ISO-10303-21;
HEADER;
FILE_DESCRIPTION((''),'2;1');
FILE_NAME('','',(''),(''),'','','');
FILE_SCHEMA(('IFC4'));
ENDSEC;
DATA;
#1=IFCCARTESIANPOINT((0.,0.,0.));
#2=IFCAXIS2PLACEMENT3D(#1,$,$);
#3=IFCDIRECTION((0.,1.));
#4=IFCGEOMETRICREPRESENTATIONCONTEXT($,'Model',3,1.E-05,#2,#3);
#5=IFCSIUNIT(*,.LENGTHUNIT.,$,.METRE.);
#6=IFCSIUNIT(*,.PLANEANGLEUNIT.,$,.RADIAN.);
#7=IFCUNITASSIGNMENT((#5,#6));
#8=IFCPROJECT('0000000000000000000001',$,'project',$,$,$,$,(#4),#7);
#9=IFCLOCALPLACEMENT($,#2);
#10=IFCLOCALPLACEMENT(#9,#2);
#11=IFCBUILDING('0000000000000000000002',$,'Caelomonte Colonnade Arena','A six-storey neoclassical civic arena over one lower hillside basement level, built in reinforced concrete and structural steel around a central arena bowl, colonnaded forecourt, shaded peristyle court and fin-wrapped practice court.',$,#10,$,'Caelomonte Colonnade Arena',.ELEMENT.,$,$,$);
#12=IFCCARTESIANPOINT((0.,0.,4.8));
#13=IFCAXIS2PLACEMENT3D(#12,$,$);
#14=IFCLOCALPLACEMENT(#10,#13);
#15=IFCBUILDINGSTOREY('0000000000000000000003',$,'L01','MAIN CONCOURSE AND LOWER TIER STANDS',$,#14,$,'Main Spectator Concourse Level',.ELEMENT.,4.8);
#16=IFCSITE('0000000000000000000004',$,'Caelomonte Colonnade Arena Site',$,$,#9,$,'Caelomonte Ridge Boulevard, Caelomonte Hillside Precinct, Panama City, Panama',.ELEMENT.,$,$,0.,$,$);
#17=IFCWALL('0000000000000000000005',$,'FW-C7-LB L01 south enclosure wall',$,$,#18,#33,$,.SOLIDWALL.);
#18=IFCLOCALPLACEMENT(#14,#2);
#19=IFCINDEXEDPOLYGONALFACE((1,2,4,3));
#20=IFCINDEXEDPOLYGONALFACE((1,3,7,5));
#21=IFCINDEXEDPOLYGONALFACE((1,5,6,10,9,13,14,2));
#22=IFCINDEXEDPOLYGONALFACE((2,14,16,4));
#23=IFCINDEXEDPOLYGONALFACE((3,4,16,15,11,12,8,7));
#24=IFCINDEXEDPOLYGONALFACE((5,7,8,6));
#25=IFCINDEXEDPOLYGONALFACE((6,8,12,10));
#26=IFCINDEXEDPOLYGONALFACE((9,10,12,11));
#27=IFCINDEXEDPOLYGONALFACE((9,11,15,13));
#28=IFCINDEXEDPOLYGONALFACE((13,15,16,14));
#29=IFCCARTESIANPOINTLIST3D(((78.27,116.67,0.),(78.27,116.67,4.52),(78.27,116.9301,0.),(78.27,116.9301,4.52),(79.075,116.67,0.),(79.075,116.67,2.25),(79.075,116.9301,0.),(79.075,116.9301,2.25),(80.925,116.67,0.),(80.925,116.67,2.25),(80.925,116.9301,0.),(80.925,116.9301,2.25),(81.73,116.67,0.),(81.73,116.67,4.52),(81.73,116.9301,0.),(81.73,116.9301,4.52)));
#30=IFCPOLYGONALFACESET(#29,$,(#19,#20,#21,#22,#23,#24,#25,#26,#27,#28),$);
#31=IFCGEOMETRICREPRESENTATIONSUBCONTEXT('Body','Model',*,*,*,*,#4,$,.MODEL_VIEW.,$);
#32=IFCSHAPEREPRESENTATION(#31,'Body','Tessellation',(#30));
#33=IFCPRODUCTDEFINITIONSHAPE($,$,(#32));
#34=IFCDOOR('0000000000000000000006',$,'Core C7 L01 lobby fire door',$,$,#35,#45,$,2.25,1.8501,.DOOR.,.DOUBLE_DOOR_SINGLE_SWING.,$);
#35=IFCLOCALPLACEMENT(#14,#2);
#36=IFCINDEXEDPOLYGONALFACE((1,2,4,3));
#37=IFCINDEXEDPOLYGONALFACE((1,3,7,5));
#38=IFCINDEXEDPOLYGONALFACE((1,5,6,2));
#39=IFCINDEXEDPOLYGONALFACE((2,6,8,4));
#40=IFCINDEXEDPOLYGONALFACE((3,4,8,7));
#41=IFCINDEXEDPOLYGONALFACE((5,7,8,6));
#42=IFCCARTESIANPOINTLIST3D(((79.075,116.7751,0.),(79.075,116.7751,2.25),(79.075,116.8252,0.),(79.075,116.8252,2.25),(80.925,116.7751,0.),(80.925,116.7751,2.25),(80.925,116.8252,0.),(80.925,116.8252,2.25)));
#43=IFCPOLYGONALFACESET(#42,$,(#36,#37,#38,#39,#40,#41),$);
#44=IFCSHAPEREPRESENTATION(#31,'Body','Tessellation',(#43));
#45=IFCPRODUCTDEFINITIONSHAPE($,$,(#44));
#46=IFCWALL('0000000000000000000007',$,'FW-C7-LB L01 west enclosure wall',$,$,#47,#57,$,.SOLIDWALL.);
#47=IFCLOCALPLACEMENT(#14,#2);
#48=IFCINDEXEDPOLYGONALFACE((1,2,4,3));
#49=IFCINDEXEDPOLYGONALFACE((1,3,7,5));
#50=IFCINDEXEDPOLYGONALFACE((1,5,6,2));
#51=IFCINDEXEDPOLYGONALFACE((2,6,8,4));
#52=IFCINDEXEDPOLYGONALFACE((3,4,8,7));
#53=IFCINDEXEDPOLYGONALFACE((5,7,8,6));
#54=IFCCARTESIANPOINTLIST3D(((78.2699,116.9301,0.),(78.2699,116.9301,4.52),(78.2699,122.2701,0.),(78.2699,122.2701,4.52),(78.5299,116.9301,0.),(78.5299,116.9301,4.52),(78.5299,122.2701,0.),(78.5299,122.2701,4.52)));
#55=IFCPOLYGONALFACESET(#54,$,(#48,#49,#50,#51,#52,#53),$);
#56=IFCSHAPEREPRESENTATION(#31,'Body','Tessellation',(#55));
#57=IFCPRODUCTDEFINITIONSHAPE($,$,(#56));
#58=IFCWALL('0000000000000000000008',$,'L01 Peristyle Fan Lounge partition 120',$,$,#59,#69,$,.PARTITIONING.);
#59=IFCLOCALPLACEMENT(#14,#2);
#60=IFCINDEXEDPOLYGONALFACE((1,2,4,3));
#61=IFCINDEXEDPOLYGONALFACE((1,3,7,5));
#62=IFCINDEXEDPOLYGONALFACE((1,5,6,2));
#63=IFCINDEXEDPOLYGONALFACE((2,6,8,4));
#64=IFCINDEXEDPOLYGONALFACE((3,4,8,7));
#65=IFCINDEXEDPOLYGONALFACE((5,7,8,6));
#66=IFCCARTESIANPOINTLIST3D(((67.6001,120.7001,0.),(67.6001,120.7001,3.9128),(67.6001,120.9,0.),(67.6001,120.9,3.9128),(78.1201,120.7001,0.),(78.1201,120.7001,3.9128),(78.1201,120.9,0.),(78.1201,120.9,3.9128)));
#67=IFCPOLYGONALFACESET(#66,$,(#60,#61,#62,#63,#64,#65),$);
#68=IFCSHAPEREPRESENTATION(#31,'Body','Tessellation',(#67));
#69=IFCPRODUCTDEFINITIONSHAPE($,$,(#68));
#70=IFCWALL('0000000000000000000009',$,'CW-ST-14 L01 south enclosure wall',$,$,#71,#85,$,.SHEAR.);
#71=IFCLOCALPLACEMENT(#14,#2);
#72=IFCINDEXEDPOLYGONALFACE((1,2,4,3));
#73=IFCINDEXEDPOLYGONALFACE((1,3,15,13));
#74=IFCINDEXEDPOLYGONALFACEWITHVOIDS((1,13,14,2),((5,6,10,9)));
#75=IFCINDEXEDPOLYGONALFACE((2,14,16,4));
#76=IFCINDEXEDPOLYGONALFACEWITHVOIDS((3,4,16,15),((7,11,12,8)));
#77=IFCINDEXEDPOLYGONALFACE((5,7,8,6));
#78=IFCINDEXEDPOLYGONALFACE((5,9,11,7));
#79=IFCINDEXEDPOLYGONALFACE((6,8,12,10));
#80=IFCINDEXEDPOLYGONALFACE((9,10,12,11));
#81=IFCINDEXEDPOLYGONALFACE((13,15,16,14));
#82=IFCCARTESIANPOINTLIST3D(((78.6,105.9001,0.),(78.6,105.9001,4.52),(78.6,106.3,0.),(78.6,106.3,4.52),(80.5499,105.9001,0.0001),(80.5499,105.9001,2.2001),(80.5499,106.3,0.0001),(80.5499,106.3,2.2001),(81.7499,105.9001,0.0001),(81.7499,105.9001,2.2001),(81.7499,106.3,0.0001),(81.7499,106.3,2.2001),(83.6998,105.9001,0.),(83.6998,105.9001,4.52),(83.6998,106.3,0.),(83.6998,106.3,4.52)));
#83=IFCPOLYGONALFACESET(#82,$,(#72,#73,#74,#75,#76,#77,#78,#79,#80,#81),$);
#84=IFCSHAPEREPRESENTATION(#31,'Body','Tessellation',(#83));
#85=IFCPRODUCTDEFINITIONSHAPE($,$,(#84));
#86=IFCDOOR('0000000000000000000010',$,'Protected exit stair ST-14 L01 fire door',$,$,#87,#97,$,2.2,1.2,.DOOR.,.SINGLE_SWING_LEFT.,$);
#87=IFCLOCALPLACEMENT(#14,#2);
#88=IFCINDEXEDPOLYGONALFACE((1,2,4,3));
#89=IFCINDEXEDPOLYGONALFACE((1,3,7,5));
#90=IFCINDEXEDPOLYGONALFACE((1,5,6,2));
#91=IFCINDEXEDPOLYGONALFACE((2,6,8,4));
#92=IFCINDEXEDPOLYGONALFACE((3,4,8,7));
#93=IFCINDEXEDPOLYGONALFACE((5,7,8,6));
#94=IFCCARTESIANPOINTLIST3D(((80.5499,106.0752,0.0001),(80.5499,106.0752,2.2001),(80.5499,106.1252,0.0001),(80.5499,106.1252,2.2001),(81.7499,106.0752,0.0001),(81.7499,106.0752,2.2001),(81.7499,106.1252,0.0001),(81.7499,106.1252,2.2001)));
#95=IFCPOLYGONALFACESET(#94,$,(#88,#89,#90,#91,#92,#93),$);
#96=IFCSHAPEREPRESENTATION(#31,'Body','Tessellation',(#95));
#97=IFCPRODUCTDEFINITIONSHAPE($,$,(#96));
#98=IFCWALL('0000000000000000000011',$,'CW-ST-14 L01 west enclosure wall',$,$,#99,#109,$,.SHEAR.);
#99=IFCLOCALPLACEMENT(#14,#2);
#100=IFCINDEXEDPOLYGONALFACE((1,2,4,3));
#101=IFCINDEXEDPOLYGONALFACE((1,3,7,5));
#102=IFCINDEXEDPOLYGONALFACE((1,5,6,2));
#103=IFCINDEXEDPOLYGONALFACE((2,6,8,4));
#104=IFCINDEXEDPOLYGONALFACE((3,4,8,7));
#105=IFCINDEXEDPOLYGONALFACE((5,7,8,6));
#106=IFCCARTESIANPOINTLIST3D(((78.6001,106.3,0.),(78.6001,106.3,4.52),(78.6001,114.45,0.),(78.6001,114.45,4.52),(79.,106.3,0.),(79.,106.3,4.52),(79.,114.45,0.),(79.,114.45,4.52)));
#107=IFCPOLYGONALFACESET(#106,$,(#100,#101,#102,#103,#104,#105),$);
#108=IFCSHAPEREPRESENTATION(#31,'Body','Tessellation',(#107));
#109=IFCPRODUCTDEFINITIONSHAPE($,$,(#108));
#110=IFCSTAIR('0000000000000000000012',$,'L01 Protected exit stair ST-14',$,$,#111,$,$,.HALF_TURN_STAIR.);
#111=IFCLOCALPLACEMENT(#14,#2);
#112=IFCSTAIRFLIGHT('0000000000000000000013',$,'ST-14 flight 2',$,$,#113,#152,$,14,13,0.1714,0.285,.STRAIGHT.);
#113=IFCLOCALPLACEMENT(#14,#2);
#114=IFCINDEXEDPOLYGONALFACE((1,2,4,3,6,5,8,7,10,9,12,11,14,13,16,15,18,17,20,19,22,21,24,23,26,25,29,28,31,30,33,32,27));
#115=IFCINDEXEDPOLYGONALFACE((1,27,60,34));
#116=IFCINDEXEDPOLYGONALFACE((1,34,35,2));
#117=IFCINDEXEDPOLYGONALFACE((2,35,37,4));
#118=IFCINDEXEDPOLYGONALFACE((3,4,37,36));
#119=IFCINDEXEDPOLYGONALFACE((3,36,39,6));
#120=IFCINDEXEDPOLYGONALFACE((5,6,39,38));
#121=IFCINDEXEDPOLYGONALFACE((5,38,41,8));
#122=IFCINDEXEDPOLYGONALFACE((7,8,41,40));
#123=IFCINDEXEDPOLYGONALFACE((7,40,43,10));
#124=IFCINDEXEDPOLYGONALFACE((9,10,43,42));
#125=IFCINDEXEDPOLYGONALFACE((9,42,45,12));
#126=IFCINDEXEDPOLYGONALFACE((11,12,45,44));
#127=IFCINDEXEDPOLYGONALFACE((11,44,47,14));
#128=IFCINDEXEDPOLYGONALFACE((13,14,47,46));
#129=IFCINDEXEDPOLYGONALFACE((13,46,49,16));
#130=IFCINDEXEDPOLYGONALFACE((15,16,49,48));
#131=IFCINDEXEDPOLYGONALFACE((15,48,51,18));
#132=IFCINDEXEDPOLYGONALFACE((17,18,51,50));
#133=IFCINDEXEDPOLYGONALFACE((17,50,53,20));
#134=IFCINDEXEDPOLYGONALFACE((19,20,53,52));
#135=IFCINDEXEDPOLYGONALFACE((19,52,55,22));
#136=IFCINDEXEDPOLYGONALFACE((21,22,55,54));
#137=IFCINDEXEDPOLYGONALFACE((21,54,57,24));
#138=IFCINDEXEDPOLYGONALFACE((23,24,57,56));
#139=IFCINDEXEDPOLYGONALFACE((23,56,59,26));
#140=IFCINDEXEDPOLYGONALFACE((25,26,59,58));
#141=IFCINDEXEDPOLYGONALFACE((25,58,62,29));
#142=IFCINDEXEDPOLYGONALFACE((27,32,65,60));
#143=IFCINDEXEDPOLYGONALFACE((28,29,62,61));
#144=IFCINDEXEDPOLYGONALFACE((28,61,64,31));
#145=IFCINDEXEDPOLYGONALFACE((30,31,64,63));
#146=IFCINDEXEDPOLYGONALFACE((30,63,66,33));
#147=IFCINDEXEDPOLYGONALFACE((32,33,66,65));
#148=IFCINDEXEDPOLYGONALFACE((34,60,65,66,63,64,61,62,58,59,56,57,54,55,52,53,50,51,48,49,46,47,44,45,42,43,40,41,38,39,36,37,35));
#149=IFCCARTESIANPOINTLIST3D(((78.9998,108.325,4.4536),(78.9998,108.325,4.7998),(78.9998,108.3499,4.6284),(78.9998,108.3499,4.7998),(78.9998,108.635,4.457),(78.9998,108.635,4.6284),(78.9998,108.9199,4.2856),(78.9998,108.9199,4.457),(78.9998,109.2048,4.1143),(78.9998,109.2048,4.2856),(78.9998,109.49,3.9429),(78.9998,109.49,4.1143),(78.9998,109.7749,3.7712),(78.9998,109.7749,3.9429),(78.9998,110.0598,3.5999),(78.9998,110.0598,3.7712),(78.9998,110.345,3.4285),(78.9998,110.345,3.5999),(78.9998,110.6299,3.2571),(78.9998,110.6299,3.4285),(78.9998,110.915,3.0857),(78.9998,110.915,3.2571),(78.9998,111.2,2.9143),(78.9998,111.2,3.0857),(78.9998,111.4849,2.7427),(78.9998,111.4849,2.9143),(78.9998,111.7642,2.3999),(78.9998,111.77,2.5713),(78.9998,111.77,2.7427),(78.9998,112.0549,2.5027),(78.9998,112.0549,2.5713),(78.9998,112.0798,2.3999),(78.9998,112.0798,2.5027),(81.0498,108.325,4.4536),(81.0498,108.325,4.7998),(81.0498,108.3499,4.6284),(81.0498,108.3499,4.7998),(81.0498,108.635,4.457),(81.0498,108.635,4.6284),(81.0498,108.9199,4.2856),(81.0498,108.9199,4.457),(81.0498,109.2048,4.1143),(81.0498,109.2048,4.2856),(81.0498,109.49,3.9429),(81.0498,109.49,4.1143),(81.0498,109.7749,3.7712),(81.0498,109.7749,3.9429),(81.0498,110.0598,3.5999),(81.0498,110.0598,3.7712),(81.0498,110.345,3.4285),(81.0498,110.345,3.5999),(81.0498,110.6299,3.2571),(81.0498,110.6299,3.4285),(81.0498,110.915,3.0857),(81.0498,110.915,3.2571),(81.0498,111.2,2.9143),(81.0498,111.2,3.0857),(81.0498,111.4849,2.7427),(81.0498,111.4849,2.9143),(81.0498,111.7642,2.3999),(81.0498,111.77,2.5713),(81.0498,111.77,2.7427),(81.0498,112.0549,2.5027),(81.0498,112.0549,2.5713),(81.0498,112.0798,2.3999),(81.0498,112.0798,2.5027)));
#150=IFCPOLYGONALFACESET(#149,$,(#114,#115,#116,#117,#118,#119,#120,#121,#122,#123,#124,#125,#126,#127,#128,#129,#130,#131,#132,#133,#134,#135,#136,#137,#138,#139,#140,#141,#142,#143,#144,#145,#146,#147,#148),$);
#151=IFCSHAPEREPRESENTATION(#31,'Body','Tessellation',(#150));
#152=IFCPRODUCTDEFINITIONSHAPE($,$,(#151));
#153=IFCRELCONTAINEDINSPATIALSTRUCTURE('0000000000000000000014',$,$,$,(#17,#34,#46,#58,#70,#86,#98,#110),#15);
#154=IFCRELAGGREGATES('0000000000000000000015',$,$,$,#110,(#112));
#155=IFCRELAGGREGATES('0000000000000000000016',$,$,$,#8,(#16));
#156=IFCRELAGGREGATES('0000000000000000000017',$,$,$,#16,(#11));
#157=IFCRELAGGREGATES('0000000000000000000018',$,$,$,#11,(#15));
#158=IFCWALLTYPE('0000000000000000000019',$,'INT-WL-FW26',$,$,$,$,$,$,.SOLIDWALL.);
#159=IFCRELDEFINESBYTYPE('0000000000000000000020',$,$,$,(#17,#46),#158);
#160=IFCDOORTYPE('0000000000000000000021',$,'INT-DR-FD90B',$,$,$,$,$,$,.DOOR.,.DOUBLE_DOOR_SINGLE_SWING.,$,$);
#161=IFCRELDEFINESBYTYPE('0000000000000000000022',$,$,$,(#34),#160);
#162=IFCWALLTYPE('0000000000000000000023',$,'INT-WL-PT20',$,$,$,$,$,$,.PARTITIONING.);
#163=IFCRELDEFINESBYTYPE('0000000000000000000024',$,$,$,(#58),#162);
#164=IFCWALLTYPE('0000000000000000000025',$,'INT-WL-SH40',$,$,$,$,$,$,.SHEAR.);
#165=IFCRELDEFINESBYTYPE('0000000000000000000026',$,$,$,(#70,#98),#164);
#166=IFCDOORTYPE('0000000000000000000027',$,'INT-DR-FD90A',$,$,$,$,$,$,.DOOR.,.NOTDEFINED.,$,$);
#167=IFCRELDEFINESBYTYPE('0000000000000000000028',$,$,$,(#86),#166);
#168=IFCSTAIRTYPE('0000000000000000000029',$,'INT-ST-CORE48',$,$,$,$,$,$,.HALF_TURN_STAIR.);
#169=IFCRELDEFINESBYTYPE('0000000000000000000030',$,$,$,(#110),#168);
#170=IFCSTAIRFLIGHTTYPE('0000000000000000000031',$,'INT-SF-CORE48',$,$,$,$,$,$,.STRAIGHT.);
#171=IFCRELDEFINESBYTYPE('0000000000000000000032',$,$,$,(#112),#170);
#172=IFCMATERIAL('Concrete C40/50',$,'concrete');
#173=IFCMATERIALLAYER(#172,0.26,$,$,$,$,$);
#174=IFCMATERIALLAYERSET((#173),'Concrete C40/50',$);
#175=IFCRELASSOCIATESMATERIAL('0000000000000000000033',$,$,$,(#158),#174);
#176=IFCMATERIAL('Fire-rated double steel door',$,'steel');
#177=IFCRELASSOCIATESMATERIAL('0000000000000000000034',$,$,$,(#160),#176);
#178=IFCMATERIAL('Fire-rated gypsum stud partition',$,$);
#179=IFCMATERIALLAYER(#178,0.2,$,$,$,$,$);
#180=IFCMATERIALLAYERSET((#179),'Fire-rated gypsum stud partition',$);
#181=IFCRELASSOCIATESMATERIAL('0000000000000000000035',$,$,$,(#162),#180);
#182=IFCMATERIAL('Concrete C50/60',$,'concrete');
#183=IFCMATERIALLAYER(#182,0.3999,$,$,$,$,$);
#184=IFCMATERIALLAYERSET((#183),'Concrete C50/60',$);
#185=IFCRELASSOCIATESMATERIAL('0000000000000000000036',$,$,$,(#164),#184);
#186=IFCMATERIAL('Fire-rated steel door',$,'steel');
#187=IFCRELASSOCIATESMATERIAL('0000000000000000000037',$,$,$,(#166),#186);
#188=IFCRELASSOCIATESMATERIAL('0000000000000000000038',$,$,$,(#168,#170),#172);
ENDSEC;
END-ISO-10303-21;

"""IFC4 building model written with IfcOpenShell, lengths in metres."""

from ifc_helpers import new_model, si_unit, direction, frame, frame_2d, origin, place, context, subcontext, project, spatial, polyline, rectangle, outline, extrude, material, layer, layer_set, type_object, element, fill, aggregate, save


model = new_model("IFC4")

# Units and contexts
model_context = context("Model", 3, precision=1e-05, world=origin(), true_north=direction((0.0, 1.0)))
body_context = subcontext(model_context, "Body", "Model", "MODEL_VIEW")
ifc_project = project(units=[si_unit("LENGTHUNIT", "METRE"), si_unit("PLANEANGLEUNIT", "RADIAN")], contexts=[model_context])

# Site, building, storey
site_placement = place(None, origin())
site = spatial("IfcSite", under=ifc_project, at=site_placement, Name="Caelomonte Colonnade Arena Site", LongName="Caelomonte Ridge Boulevard, Caelomonte Hillside Precinct, Panama City, Panama", CompositionType="ELEMENT", RefElevation=0.0)
building_placement = place(site_placement, origin())
building = spatial("IfcBuilding", under=site, at=building_placement, Name="Caelomonte Colonnade Arena", Description="A six-storey neoclassical civic arena over one lower hillside basement level, built in reinforced concrete and structural steel around a central arena bowl, colonnaded forecourt, shaded peristyle court and fin-wrapped practice court.", LongName="Caelomonte Colonnade Arena", CompositionType="ELEMENT")
storey_placement = place(building_placement, frame((0.0, 0.0, 4.8)))
storey = spatial("IfcBuildingStorey", under=building, at=storey_placement, Name="L01", Description="MAIN CONCOURSE AND LOWER TIER STANDS", LongName="Main Spectator Concourse Level", CompositionType="ELEMENT", Elevation=4.8)

# Shared definitions
ifc_material_1 = material(Name="Concrete C50/60", Category="concrete")

# Shared definitions
ifc_material_2 = material(Name="Concrete C40/50", Category="concrete")

# Wall, opening, door
ifc_layer_1 = layer(ifc_material_2, 0.26)
ifc_layer_set_1 = layer_set([ifc_layer_1], Name="Concrete C40/50")
wall_type_1 = type_object("IfcWallType", Name="INT-WL-FW26", PredefinedType="SOLIDWALL", material=ifc_layer_set_1)
wall_1_placement = place(storey_placement, frame((78.27, 116.8, 0.0), z_axis=(0.0, 0.0, 1.0), x_axis=(1.0, 0.0, 0.0)))
wall_1 = element("IfcWall", 1, at=wall_1_placement, inside=storey, type_object=wall_type_1, Name="FW-C7-LB L01 south enclosure wall", PredefinedType="SOLIDWALL", context=body_context, shape_type="SweptSolid", body=[
    extrude(rectangle(XDim=3.46, YDim=0.26, at=frame_2d((1.73, 0.0))), origin(), (0.0, 0.0, 1.0), 4.52),
])
opening_1_placement = place(wall_1_placement, frame((2.655, 0.0, 0.0), z_axis=(0.0, 0.0, 1.0), x_axis=(-1.0, 0.0, 0.0)))
opening_1 = element("IfcOpeningElement", 2, at=opening_1_placement, cuts=wall_1, PredefinedType="OPENING", context=body_context, shape_type="SweptSolid", body=[
    extrude(rectangle(XDim=1.8501, YDim=2.25, at=frame_2d((0.925, 1.125))), frame((0.0, 0.1399, 0.0), z_axis=(0.0, -1.0, 0.0), x_axis=(1.0, 0.0, 0.0)), (0.0, 0.0, 1.0), 0.28),
])
ifc_material_3 = material(Name="Fire-rated double steel door", Category="steel")
door_type_1 = type_object("IfcDoorType", Name="INT-DR-FD90B", OperationType="DOUBLE_DOOR_SINGLE_SWING", PredefinedType="DOOR", material=ifc_material_3)
door_1_placement = place(opening_1_placement, origin())
door_1 = element("IfcDoor", 3, at=door_1_placement, inside=storey, type_object=door_type_1, Name="Core C7 L01 lobby fire door", OperationType="DOUBLE_DOOR_SINGLE_SWING", OverallHeight=2.25, OverallWidth=1.8501, PredefinedType="DOOR", context=body_context, shape_type="SweptSolid", body=[
    extrude(rectangle(XDim=1.8501, YDim=2.25, at=frame_2d((0.925, 1.125))), frame((0.0, 0.0249, 0.0), z_axis=(0.0, -1.0, 0.0), x_axis=(1.0, 0.0, 0.0)), (0.0, 0.0, 1.0), 0.05),
])
fill(opening_1, door_1)

# Walls
wall_2_placement = place(storey_placement, frame((78.3999, 122.27, 0.0), z_axis=(0.0, 0.0, 1.0), x_axis=(0.0, -1.0, 0.0)))
element("IfcWall", 4, at=wall_2_placement, inside=storey, type_object=wall_type_1, Name="FW-C7-LB L01 west enclosure wall", PredefinedType="SOLIDWALL", context=body_context, shape_type="SweptSolid", body=[
    extrude(rectangle(XDim=5.3401, YDim=0.26, at=frame_2d((2.6699, 0.0))), origin(), (0.0, 0.0, 1.0), 4.52),
])
ifc_material_4 = material(Name="Fire-rated gypsum stud partition")
ifc_layer_2 = layer(ifc_material_4, 0.2)
ifc_layer_set_2 = layer_set([ifc_layer_2], Name="Fire-rated gypsum stud partition")
wall_type_2 = type_object("IfcWallType", Name="INT-WL-PT20", PredefinedType="PARTITIONING", material=ifc_layer_set_2)
wall_3_placement = place(storey_placement, frame((78.1201, 120.8, 0.0), z_axis=(0.0, 0.0, 1.0), x_axis=(-1.0, 0.0, 0.0)))
element("IfcWall", 5, at=wall_3_placement, inside=storey, type_object=wall_type_2, Name="L01 Peristyle Fan Lounge partition 120", PredefinedType="PARTITIONING", context=body_context, shape_type="SweptSolid", body=[
    extrude(rectangle(XDim=10.52, YDim=0.2, at=frame_2d((5.26, 0.0))), origin(), (0.0, 0.0, 1.0), 3.9128),
])

# Wall, opening, door
ifc_layer_3 = layer(ifc_material_1, 0.3999)
ifc_layer_set_3 = layer_set([ifc_layer_3], Name="Concrete C50/60")
wall_type_3 = type_object("IfcWallType", Name="INT-WL-SH40", PredefinedType="SHEAR", material=ifc_layer_set_3)
wall_4_placement = place(storey_placement, frame((78.6001, 106.1001, 0.0), z_axis=(0.0, 0.0, 1.0), x_axis=(1.0, 0.0, 0.0)))
wall_4 = element("IfcWall", 6, at=wall_4_placement, inside=storey, type_object=wall_type_3, Name="CW-ST-14 L01 south enclosure wall", PredefinedType="SHEAR", context=body_context, shape_type="SweptSolid", body=[
    extrude(rectangle(XDim=5.0999, YDim=0.3999, at=frame_2d((2.5498, 0.0))), origin(), (0.0, 0.0, 1.0), 4.52),
])
opening_2_placement = place(wall_4_placement, frame((3.1499, 0.0, 0.0), z_axis=(0.0, 0.0, 1.0), x_axis=(-1.0, 0.0, 0.0)))
opening_2 = element("IfcOpeningElement", 7, at=opening_2_placement, cuts=wall_4, PredefinedType="OPENING", context=body_context, shape_type="SweptSolid", body=[
    extrude(rectangle(XDim=1.2, YDim=2.2, at=frame_2d((0.6001, 1.1001))), frame((0.0, 0.21, 0.0), z_axis=(0.0, -1.0, 0.0), x_axis=(1.0, 0.0, 0.0)), (0.0, 0.0, 1.0), 0.4199),
])
ifc_material_5 = material(Name="Fire-rated steel door", Category="steel")
door_type_2 = type_object("IfcDoorType", Name="INT-DR-FD90A", OperationType="NOTDEFINED", PredefinedType="DOOR", material=ifc_material_5)
door_2_placement = place(opening_2_placement, origin())
door_2 = element("IfcDoor", 8, at=door_2_placement, inside=storey, type_object=door_type_2, Name="Protected exit stair ST-14 L01 fire door", OperationType="SINGLE_SWING_LEFT", OverallHeight=2.2, OverallWidth=1.2, PredefinedType="DOOR", context=body_context, shape_type="SweptSolid", body=[
    extrude(rectangle(XDim=1.2, YDim=2.2, at=frame_2d((0.6001, 1.1001))), frame((0.0, 0.0249, 0.0), z_axis=(0.0, -1.0, 0.0), x_axis=(1.0, 0.0, 0.0)), (0.0, 0.0, 1.0), 0.05),
])
fill(opening_2, door_2)

# Wall
wall_5_placement = place(storey_placement, frame((78.8, 114.45, 0.0), z_axis=(0.0, 0.0, 1.0), x_axis=(0.0, -1.0, 0.0)))
element("IfcWall", 9, at=wall_5_placement, inside=storey, type_object=wall_type_3, Name="CW-ST-14 L01 west enclosure wall", PredefinedType="SHEAR", context=body_context, shape_type="SweptSolid", body=[
    extrude(rectangle(XDim=8.1499, YDim=0.3999, at=frame_2d((4.075, 0.0))), origin(), (0.0, 0.0, 1.0), 4.52),
])

# Stair, stair flight
stair_type = type_object("IfcStairType", Name="INT-ST-CORE48", PredefinedType="HALF_TURN_STAIR", material=ifc_material_2)
stair_placement = place(storey_placement, origin())
stair = element("IfcStair", 10, at=stair_placement, inside=storey, type_object=stair_type, Name="L01 Protected exit stair ST-14", PredefinedType="HALF_TURN_STAIR")
stair_flight_type = type_object("IfcStairFlightType", Name="INT-SF-CORE48", PredefinedType="STRAIGHT", material=ifc_material_2)
stair_flight_placement = place(storey_placement, frame((80.0249, 112.0549, 2.3999), z_axis=(0.0, 0.0, 1.0), x_axis=(0.0, -1.0, 0.0)))
stair_flight = element("IfcStairFlight", 11, at=stair_flight_placement, type_object=stair_flight_type, Name="ST-14 flight 2", NumberOfRisers=14, NumberOfTreads=13, PredefinedType="STRAIGHT", RiserHeight=0.1714, TreadLength=0.285, context=body_context, shape_type="SweptSolid", body=[
    extrude(outline(polyline([(-0.0249, 0.0), (-0.0249, 0.1028), (0.0, 0.1028), (0.0, 0.1714), (0.2849, 0.1714), (0.2849, 0.3428), (0.5701, 0.3428), (0.5701, 0.5144), (0.855, 0.5144), (0.855, 0.6858), (1.1399, 0.6858), (1.1399, 0.8572), (1.425, 0.8572), (1.425, 1.0286), (1.71, 1.0286), (1.71, 1.2), (1.9951, 1.2), (1.9951, 1.3713), (2.28, 1.3713), (2.28, 1.543), (2.5649, 1.543), (2.5649, 1.7144), (2.8501, 1.7144), (2.8501, 1.8857), (3.135, 1.8857), (3.135, 2.0571), (3.4199, 2.0571), (3.4199, 2.2285), (3.7051, 2.2285), (3.7051, 2.3999), (3.73, 2.3999), (3.73, 2.0537), (0.2908, 0.0), (-0.0249, 0.0)])), frame((0.0, 1.0249, 0.0), z_axis=(0.0, -1.0, 0.0), x_axis=(1.0, 0.0, 0.0)), (0.0, 0.0, 1.0), 2.05),
])
aggregate(stair, [stair_flight])

save(model, "model.ifc")
